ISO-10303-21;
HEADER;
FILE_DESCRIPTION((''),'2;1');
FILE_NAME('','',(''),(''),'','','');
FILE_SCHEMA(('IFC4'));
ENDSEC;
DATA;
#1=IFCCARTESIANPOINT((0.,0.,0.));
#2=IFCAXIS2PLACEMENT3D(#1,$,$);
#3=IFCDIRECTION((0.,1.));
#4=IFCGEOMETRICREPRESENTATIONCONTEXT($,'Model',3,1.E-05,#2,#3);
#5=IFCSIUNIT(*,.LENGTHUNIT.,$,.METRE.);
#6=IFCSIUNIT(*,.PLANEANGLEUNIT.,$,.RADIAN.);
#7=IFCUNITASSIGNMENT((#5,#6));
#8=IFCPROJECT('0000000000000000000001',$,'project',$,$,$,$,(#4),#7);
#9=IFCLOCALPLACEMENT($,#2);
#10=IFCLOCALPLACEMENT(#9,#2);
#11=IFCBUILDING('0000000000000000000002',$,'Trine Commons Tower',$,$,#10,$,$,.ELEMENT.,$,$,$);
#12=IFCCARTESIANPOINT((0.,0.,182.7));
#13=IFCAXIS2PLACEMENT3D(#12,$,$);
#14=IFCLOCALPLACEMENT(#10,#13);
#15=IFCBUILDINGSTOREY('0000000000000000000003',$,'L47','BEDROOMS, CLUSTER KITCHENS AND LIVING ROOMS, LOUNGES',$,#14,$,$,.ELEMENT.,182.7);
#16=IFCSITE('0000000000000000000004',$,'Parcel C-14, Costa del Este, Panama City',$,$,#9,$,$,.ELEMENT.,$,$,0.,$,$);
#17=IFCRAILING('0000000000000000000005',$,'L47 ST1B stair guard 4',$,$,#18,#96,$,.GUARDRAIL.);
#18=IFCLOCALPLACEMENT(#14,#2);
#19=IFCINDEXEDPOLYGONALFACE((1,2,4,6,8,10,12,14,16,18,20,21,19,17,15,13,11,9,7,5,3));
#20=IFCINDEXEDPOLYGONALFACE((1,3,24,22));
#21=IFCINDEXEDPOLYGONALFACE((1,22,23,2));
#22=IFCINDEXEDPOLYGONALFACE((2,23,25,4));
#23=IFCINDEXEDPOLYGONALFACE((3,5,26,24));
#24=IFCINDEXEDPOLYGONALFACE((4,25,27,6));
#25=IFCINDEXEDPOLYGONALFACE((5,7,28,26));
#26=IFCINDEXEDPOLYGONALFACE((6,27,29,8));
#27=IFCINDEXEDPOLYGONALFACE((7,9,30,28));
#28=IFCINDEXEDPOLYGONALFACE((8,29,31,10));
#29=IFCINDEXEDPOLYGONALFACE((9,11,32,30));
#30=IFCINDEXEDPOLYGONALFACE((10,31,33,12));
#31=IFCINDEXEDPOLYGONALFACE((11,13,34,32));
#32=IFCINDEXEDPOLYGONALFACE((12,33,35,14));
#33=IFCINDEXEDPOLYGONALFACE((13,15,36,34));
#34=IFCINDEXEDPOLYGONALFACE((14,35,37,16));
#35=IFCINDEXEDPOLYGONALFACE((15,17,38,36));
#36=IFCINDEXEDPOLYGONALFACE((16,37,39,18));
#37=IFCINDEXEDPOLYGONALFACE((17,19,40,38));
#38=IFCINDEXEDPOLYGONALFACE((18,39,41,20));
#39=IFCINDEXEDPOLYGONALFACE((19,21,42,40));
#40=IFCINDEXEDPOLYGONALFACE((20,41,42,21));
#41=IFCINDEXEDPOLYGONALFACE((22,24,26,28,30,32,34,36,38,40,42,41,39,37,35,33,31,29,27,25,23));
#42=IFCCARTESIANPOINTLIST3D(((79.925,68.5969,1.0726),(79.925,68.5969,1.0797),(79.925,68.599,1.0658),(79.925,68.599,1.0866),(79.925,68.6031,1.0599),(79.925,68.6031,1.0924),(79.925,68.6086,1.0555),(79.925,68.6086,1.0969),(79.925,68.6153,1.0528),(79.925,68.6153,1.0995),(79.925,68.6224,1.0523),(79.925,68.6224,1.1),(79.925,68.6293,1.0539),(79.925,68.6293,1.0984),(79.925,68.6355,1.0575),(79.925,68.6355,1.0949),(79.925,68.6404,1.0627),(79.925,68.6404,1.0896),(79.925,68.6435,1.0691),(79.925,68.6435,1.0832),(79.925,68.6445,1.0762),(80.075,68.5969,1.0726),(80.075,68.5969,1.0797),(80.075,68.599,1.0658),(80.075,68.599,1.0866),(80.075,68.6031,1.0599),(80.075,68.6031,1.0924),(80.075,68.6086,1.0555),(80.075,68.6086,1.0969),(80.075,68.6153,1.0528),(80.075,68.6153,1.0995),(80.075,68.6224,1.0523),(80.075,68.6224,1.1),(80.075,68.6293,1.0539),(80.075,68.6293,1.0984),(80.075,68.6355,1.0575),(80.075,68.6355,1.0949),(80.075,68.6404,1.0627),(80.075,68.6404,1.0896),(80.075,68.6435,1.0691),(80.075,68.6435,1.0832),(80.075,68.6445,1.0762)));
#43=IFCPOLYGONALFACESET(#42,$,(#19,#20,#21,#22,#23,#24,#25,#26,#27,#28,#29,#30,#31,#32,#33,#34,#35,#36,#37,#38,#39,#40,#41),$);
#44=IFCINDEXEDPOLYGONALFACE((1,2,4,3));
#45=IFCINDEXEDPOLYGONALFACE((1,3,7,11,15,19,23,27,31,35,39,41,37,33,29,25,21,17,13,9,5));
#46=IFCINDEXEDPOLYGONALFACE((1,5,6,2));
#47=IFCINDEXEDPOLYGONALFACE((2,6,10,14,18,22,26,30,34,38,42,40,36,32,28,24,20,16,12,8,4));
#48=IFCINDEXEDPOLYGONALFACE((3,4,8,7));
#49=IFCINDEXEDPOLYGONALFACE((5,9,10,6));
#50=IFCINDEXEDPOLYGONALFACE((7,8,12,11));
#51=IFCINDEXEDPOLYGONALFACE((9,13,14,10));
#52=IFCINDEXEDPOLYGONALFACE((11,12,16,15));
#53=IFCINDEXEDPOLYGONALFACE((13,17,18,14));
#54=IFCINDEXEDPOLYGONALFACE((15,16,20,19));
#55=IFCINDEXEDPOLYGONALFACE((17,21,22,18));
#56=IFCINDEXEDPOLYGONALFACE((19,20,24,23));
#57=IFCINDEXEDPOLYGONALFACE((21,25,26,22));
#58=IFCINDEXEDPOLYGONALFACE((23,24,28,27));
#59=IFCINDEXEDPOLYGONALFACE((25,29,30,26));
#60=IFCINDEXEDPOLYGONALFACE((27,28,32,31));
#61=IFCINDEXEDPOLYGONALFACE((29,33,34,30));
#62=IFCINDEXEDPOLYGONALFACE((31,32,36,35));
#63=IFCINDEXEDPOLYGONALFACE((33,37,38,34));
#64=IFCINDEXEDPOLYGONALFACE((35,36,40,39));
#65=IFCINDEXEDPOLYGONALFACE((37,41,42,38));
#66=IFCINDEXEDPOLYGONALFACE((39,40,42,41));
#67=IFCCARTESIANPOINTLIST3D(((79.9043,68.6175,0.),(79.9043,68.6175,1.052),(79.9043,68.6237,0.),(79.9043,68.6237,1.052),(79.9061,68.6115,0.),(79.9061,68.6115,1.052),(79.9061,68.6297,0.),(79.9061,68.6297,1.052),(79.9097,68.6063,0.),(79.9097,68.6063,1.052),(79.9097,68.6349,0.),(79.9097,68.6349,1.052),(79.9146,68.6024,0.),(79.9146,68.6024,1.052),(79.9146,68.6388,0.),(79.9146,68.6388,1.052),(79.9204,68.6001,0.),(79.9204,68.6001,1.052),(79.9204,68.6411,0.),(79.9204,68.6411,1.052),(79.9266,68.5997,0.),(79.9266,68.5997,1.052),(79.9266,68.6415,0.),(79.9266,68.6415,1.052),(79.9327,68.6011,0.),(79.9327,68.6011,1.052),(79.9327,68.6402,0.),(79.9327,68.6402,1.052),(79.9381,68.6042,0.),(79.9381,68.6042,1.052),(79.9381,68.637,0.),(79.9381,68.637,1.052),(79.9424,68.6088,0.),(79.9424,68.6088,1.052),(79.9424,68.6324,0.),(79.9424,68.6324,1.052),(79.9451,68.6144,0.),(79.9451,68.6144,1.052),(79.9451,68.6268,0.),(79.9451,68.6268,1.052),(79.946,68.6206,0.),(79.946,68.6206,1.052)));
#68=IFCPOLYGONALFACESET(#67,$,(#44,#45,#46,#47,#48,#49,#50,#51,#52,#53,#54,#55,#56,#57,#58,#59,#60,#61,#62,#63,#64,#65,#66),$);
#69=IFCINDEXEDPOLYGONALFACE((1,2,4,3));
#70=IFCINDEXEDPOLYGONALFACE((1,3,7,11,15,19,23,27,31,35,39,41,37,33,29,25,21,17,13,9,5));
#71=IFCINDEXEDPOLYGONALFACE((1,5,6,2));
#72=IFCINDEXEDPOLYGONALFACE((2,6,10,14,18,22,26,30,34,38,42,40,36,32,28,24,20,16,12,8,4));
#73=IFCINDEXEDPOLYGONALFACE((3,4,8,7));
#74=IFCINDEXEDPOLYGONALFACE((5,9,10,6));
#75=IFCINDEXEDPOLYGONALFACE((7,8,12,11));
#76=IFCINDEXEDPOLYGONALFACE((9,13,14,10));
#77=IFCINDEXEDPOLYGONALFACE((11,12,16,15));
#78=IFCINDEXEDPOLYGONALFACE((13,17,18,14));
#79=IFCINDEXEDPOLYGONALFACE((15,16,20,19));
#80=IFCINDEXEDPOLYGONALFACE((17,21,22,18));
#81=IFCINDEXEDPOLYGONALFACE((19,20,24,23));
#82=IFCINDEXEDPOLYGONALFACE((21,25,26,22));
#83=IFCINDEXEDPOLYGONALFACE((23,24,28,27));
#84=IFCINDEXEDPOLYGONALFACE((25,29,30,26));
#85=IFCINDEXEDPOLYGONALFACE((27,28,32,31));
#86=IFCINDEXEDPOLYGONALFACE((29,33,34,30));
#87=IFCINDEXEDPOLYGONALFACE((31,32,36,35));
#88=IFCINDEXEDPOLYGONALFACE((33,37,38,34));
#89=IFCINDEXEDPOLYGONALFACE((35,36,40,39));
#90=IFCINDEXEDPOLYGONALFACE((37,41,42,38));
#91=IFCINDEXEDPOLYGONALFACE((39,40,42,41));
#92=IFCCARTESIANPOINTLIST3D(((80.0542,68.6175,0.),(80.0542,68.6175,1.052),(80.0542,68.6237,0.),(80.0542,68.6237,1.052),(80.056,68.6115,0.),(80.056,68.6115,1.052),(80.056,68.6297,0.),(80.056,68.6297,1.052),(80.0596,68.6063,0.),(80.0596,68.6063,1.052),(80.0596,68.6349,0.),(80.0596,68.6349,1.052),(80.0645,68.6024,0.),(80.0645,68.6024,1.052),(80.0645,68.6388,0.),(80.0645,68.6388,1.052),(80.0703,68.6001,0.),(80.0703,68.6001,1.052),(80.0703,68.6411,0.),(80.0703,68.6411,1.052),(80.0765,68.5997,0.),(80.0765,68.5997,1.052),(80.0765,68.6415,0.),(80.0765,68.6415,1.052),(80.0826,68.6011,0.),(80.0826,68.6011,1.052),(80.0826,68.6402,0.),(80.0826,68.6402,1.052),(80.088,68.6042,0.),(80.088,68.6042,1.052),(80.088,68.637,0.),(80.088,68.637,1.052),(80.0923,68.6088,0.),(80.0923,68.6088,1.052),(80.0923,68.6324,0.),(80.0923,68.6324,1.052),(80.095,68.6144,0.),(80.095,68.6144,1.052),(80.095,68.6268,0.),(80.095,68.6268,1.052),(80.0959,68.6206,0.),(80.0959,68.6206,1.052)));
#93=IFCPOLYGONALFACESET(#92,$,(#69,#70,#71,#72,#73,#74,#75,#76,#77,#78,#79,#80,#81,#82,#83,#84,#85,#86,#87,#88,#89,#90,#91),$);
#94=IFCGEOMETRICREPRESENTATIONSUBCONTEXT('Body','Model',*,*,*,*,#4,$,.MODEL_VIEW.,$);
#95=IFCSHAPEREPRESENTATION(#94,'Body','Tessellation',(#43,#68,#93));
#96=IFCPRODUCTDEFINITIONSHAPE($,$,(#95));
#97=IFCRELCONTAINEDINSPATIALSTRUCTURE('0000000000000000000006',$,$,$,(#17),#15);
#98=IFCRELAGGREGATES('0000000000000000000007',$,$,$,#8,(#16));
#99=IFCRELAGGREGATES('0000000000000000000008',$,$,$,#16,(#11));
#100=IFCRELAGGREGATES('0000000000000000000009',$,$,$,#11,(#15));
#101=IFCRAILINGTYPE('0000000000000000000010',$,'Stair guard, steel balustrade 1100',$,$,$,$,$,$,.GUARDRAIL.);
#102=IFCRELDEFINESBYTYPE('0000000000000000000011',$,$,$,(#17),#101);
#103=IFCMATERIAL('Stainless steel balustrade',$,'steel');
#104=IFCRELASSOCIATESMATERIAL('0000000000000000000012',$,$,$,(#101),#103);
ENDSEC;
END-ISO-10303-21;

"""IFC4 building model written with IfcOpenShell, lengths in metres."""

from ifc_helpers import new_model, si_unit, direction, frame, origin, origin_2d, place, context, subcontext, project, spatial, circle, extrude, material, type_object, element, save


model = new_model("IFC4")

# Units and contexts
model_context = context("Model", 3, precision=1e-05, world=origin(), true_north=direction((0.0, 1.0)))
body_context = subcontext(model_context, "Body", "Model", "MODEL_VIEW")
ifc_project = project(units=[si_unit("LENGTHUNIT", "METRE"), si_unit("PLANEANGLEUNIT", "RADIAN")], contexts=[model_context])

# Site, building, storey
site_placement = place(None, origin())
site = spatial("IfcSite", under=ifc_project, at=site_placement, Name="Parcel C-14, Costa del Este, Panama City", CompositionType="ELEMENT", RefElevation=0.0)
building_placement = place(site_placement, origin())
building = spatial("IfcBuilding", under=site, at=building_placement, Name="Trine Commons Tower", CompositionType="ELEMENT")
storey_placement = place(building_placement, frame((0.0, 0.0, 182.7)))
storey = spatial("IfcBuildingStorey", under=building, at=storey_placement, Name="L47", Description="BEDROOMS, CLUSTER KITCHENS AND LIVING ROOMS, LOUNGES", CompositionType="ELEMENT", Elevation=182.7)

# Railing
ifc_material_1 = material(Name="Stainless steel balustrade", Category="steel")
railing_type_1 = type_object("IfcRailingType", Name="Stair guard, steel balustrade 1100", PredefinedType="GUARDRAIL", material=ifc_material_1)
railing_1_placement = place(storey_placement, frame((79.925, 68.6206, 0.0)))
element("IfcRailing", 1, at=railing_1_placement, inside=storey, type_object=railing_type_1, Name="L47 ST1B stair guard 4", PredefinedType="GUARDRAIL", context=body_context, shape_type="SweptSolid", body=[
    extrude(circle(Radius=0.0239, at=origin_2d()), frame((0.0, 0.0, 1.0762), z_axis=(1.0, 0.0, 0.0), x_axis=(0.0, 1.0, 0.0)), (0.0, 0.0, 1.0), 0.1499),
    extrude(circle(Radius=0.021, at=origin_2d()), origin(), (0.0, 0.0, 1.0), 1.052),
    extrude(circle(Radius=0.021, at=origin_2d()), frame((0.1499, 0.0, 0.0)), (0.0, 0.0, 1.0), 1.052),
])

save(model, "model.ifc")
